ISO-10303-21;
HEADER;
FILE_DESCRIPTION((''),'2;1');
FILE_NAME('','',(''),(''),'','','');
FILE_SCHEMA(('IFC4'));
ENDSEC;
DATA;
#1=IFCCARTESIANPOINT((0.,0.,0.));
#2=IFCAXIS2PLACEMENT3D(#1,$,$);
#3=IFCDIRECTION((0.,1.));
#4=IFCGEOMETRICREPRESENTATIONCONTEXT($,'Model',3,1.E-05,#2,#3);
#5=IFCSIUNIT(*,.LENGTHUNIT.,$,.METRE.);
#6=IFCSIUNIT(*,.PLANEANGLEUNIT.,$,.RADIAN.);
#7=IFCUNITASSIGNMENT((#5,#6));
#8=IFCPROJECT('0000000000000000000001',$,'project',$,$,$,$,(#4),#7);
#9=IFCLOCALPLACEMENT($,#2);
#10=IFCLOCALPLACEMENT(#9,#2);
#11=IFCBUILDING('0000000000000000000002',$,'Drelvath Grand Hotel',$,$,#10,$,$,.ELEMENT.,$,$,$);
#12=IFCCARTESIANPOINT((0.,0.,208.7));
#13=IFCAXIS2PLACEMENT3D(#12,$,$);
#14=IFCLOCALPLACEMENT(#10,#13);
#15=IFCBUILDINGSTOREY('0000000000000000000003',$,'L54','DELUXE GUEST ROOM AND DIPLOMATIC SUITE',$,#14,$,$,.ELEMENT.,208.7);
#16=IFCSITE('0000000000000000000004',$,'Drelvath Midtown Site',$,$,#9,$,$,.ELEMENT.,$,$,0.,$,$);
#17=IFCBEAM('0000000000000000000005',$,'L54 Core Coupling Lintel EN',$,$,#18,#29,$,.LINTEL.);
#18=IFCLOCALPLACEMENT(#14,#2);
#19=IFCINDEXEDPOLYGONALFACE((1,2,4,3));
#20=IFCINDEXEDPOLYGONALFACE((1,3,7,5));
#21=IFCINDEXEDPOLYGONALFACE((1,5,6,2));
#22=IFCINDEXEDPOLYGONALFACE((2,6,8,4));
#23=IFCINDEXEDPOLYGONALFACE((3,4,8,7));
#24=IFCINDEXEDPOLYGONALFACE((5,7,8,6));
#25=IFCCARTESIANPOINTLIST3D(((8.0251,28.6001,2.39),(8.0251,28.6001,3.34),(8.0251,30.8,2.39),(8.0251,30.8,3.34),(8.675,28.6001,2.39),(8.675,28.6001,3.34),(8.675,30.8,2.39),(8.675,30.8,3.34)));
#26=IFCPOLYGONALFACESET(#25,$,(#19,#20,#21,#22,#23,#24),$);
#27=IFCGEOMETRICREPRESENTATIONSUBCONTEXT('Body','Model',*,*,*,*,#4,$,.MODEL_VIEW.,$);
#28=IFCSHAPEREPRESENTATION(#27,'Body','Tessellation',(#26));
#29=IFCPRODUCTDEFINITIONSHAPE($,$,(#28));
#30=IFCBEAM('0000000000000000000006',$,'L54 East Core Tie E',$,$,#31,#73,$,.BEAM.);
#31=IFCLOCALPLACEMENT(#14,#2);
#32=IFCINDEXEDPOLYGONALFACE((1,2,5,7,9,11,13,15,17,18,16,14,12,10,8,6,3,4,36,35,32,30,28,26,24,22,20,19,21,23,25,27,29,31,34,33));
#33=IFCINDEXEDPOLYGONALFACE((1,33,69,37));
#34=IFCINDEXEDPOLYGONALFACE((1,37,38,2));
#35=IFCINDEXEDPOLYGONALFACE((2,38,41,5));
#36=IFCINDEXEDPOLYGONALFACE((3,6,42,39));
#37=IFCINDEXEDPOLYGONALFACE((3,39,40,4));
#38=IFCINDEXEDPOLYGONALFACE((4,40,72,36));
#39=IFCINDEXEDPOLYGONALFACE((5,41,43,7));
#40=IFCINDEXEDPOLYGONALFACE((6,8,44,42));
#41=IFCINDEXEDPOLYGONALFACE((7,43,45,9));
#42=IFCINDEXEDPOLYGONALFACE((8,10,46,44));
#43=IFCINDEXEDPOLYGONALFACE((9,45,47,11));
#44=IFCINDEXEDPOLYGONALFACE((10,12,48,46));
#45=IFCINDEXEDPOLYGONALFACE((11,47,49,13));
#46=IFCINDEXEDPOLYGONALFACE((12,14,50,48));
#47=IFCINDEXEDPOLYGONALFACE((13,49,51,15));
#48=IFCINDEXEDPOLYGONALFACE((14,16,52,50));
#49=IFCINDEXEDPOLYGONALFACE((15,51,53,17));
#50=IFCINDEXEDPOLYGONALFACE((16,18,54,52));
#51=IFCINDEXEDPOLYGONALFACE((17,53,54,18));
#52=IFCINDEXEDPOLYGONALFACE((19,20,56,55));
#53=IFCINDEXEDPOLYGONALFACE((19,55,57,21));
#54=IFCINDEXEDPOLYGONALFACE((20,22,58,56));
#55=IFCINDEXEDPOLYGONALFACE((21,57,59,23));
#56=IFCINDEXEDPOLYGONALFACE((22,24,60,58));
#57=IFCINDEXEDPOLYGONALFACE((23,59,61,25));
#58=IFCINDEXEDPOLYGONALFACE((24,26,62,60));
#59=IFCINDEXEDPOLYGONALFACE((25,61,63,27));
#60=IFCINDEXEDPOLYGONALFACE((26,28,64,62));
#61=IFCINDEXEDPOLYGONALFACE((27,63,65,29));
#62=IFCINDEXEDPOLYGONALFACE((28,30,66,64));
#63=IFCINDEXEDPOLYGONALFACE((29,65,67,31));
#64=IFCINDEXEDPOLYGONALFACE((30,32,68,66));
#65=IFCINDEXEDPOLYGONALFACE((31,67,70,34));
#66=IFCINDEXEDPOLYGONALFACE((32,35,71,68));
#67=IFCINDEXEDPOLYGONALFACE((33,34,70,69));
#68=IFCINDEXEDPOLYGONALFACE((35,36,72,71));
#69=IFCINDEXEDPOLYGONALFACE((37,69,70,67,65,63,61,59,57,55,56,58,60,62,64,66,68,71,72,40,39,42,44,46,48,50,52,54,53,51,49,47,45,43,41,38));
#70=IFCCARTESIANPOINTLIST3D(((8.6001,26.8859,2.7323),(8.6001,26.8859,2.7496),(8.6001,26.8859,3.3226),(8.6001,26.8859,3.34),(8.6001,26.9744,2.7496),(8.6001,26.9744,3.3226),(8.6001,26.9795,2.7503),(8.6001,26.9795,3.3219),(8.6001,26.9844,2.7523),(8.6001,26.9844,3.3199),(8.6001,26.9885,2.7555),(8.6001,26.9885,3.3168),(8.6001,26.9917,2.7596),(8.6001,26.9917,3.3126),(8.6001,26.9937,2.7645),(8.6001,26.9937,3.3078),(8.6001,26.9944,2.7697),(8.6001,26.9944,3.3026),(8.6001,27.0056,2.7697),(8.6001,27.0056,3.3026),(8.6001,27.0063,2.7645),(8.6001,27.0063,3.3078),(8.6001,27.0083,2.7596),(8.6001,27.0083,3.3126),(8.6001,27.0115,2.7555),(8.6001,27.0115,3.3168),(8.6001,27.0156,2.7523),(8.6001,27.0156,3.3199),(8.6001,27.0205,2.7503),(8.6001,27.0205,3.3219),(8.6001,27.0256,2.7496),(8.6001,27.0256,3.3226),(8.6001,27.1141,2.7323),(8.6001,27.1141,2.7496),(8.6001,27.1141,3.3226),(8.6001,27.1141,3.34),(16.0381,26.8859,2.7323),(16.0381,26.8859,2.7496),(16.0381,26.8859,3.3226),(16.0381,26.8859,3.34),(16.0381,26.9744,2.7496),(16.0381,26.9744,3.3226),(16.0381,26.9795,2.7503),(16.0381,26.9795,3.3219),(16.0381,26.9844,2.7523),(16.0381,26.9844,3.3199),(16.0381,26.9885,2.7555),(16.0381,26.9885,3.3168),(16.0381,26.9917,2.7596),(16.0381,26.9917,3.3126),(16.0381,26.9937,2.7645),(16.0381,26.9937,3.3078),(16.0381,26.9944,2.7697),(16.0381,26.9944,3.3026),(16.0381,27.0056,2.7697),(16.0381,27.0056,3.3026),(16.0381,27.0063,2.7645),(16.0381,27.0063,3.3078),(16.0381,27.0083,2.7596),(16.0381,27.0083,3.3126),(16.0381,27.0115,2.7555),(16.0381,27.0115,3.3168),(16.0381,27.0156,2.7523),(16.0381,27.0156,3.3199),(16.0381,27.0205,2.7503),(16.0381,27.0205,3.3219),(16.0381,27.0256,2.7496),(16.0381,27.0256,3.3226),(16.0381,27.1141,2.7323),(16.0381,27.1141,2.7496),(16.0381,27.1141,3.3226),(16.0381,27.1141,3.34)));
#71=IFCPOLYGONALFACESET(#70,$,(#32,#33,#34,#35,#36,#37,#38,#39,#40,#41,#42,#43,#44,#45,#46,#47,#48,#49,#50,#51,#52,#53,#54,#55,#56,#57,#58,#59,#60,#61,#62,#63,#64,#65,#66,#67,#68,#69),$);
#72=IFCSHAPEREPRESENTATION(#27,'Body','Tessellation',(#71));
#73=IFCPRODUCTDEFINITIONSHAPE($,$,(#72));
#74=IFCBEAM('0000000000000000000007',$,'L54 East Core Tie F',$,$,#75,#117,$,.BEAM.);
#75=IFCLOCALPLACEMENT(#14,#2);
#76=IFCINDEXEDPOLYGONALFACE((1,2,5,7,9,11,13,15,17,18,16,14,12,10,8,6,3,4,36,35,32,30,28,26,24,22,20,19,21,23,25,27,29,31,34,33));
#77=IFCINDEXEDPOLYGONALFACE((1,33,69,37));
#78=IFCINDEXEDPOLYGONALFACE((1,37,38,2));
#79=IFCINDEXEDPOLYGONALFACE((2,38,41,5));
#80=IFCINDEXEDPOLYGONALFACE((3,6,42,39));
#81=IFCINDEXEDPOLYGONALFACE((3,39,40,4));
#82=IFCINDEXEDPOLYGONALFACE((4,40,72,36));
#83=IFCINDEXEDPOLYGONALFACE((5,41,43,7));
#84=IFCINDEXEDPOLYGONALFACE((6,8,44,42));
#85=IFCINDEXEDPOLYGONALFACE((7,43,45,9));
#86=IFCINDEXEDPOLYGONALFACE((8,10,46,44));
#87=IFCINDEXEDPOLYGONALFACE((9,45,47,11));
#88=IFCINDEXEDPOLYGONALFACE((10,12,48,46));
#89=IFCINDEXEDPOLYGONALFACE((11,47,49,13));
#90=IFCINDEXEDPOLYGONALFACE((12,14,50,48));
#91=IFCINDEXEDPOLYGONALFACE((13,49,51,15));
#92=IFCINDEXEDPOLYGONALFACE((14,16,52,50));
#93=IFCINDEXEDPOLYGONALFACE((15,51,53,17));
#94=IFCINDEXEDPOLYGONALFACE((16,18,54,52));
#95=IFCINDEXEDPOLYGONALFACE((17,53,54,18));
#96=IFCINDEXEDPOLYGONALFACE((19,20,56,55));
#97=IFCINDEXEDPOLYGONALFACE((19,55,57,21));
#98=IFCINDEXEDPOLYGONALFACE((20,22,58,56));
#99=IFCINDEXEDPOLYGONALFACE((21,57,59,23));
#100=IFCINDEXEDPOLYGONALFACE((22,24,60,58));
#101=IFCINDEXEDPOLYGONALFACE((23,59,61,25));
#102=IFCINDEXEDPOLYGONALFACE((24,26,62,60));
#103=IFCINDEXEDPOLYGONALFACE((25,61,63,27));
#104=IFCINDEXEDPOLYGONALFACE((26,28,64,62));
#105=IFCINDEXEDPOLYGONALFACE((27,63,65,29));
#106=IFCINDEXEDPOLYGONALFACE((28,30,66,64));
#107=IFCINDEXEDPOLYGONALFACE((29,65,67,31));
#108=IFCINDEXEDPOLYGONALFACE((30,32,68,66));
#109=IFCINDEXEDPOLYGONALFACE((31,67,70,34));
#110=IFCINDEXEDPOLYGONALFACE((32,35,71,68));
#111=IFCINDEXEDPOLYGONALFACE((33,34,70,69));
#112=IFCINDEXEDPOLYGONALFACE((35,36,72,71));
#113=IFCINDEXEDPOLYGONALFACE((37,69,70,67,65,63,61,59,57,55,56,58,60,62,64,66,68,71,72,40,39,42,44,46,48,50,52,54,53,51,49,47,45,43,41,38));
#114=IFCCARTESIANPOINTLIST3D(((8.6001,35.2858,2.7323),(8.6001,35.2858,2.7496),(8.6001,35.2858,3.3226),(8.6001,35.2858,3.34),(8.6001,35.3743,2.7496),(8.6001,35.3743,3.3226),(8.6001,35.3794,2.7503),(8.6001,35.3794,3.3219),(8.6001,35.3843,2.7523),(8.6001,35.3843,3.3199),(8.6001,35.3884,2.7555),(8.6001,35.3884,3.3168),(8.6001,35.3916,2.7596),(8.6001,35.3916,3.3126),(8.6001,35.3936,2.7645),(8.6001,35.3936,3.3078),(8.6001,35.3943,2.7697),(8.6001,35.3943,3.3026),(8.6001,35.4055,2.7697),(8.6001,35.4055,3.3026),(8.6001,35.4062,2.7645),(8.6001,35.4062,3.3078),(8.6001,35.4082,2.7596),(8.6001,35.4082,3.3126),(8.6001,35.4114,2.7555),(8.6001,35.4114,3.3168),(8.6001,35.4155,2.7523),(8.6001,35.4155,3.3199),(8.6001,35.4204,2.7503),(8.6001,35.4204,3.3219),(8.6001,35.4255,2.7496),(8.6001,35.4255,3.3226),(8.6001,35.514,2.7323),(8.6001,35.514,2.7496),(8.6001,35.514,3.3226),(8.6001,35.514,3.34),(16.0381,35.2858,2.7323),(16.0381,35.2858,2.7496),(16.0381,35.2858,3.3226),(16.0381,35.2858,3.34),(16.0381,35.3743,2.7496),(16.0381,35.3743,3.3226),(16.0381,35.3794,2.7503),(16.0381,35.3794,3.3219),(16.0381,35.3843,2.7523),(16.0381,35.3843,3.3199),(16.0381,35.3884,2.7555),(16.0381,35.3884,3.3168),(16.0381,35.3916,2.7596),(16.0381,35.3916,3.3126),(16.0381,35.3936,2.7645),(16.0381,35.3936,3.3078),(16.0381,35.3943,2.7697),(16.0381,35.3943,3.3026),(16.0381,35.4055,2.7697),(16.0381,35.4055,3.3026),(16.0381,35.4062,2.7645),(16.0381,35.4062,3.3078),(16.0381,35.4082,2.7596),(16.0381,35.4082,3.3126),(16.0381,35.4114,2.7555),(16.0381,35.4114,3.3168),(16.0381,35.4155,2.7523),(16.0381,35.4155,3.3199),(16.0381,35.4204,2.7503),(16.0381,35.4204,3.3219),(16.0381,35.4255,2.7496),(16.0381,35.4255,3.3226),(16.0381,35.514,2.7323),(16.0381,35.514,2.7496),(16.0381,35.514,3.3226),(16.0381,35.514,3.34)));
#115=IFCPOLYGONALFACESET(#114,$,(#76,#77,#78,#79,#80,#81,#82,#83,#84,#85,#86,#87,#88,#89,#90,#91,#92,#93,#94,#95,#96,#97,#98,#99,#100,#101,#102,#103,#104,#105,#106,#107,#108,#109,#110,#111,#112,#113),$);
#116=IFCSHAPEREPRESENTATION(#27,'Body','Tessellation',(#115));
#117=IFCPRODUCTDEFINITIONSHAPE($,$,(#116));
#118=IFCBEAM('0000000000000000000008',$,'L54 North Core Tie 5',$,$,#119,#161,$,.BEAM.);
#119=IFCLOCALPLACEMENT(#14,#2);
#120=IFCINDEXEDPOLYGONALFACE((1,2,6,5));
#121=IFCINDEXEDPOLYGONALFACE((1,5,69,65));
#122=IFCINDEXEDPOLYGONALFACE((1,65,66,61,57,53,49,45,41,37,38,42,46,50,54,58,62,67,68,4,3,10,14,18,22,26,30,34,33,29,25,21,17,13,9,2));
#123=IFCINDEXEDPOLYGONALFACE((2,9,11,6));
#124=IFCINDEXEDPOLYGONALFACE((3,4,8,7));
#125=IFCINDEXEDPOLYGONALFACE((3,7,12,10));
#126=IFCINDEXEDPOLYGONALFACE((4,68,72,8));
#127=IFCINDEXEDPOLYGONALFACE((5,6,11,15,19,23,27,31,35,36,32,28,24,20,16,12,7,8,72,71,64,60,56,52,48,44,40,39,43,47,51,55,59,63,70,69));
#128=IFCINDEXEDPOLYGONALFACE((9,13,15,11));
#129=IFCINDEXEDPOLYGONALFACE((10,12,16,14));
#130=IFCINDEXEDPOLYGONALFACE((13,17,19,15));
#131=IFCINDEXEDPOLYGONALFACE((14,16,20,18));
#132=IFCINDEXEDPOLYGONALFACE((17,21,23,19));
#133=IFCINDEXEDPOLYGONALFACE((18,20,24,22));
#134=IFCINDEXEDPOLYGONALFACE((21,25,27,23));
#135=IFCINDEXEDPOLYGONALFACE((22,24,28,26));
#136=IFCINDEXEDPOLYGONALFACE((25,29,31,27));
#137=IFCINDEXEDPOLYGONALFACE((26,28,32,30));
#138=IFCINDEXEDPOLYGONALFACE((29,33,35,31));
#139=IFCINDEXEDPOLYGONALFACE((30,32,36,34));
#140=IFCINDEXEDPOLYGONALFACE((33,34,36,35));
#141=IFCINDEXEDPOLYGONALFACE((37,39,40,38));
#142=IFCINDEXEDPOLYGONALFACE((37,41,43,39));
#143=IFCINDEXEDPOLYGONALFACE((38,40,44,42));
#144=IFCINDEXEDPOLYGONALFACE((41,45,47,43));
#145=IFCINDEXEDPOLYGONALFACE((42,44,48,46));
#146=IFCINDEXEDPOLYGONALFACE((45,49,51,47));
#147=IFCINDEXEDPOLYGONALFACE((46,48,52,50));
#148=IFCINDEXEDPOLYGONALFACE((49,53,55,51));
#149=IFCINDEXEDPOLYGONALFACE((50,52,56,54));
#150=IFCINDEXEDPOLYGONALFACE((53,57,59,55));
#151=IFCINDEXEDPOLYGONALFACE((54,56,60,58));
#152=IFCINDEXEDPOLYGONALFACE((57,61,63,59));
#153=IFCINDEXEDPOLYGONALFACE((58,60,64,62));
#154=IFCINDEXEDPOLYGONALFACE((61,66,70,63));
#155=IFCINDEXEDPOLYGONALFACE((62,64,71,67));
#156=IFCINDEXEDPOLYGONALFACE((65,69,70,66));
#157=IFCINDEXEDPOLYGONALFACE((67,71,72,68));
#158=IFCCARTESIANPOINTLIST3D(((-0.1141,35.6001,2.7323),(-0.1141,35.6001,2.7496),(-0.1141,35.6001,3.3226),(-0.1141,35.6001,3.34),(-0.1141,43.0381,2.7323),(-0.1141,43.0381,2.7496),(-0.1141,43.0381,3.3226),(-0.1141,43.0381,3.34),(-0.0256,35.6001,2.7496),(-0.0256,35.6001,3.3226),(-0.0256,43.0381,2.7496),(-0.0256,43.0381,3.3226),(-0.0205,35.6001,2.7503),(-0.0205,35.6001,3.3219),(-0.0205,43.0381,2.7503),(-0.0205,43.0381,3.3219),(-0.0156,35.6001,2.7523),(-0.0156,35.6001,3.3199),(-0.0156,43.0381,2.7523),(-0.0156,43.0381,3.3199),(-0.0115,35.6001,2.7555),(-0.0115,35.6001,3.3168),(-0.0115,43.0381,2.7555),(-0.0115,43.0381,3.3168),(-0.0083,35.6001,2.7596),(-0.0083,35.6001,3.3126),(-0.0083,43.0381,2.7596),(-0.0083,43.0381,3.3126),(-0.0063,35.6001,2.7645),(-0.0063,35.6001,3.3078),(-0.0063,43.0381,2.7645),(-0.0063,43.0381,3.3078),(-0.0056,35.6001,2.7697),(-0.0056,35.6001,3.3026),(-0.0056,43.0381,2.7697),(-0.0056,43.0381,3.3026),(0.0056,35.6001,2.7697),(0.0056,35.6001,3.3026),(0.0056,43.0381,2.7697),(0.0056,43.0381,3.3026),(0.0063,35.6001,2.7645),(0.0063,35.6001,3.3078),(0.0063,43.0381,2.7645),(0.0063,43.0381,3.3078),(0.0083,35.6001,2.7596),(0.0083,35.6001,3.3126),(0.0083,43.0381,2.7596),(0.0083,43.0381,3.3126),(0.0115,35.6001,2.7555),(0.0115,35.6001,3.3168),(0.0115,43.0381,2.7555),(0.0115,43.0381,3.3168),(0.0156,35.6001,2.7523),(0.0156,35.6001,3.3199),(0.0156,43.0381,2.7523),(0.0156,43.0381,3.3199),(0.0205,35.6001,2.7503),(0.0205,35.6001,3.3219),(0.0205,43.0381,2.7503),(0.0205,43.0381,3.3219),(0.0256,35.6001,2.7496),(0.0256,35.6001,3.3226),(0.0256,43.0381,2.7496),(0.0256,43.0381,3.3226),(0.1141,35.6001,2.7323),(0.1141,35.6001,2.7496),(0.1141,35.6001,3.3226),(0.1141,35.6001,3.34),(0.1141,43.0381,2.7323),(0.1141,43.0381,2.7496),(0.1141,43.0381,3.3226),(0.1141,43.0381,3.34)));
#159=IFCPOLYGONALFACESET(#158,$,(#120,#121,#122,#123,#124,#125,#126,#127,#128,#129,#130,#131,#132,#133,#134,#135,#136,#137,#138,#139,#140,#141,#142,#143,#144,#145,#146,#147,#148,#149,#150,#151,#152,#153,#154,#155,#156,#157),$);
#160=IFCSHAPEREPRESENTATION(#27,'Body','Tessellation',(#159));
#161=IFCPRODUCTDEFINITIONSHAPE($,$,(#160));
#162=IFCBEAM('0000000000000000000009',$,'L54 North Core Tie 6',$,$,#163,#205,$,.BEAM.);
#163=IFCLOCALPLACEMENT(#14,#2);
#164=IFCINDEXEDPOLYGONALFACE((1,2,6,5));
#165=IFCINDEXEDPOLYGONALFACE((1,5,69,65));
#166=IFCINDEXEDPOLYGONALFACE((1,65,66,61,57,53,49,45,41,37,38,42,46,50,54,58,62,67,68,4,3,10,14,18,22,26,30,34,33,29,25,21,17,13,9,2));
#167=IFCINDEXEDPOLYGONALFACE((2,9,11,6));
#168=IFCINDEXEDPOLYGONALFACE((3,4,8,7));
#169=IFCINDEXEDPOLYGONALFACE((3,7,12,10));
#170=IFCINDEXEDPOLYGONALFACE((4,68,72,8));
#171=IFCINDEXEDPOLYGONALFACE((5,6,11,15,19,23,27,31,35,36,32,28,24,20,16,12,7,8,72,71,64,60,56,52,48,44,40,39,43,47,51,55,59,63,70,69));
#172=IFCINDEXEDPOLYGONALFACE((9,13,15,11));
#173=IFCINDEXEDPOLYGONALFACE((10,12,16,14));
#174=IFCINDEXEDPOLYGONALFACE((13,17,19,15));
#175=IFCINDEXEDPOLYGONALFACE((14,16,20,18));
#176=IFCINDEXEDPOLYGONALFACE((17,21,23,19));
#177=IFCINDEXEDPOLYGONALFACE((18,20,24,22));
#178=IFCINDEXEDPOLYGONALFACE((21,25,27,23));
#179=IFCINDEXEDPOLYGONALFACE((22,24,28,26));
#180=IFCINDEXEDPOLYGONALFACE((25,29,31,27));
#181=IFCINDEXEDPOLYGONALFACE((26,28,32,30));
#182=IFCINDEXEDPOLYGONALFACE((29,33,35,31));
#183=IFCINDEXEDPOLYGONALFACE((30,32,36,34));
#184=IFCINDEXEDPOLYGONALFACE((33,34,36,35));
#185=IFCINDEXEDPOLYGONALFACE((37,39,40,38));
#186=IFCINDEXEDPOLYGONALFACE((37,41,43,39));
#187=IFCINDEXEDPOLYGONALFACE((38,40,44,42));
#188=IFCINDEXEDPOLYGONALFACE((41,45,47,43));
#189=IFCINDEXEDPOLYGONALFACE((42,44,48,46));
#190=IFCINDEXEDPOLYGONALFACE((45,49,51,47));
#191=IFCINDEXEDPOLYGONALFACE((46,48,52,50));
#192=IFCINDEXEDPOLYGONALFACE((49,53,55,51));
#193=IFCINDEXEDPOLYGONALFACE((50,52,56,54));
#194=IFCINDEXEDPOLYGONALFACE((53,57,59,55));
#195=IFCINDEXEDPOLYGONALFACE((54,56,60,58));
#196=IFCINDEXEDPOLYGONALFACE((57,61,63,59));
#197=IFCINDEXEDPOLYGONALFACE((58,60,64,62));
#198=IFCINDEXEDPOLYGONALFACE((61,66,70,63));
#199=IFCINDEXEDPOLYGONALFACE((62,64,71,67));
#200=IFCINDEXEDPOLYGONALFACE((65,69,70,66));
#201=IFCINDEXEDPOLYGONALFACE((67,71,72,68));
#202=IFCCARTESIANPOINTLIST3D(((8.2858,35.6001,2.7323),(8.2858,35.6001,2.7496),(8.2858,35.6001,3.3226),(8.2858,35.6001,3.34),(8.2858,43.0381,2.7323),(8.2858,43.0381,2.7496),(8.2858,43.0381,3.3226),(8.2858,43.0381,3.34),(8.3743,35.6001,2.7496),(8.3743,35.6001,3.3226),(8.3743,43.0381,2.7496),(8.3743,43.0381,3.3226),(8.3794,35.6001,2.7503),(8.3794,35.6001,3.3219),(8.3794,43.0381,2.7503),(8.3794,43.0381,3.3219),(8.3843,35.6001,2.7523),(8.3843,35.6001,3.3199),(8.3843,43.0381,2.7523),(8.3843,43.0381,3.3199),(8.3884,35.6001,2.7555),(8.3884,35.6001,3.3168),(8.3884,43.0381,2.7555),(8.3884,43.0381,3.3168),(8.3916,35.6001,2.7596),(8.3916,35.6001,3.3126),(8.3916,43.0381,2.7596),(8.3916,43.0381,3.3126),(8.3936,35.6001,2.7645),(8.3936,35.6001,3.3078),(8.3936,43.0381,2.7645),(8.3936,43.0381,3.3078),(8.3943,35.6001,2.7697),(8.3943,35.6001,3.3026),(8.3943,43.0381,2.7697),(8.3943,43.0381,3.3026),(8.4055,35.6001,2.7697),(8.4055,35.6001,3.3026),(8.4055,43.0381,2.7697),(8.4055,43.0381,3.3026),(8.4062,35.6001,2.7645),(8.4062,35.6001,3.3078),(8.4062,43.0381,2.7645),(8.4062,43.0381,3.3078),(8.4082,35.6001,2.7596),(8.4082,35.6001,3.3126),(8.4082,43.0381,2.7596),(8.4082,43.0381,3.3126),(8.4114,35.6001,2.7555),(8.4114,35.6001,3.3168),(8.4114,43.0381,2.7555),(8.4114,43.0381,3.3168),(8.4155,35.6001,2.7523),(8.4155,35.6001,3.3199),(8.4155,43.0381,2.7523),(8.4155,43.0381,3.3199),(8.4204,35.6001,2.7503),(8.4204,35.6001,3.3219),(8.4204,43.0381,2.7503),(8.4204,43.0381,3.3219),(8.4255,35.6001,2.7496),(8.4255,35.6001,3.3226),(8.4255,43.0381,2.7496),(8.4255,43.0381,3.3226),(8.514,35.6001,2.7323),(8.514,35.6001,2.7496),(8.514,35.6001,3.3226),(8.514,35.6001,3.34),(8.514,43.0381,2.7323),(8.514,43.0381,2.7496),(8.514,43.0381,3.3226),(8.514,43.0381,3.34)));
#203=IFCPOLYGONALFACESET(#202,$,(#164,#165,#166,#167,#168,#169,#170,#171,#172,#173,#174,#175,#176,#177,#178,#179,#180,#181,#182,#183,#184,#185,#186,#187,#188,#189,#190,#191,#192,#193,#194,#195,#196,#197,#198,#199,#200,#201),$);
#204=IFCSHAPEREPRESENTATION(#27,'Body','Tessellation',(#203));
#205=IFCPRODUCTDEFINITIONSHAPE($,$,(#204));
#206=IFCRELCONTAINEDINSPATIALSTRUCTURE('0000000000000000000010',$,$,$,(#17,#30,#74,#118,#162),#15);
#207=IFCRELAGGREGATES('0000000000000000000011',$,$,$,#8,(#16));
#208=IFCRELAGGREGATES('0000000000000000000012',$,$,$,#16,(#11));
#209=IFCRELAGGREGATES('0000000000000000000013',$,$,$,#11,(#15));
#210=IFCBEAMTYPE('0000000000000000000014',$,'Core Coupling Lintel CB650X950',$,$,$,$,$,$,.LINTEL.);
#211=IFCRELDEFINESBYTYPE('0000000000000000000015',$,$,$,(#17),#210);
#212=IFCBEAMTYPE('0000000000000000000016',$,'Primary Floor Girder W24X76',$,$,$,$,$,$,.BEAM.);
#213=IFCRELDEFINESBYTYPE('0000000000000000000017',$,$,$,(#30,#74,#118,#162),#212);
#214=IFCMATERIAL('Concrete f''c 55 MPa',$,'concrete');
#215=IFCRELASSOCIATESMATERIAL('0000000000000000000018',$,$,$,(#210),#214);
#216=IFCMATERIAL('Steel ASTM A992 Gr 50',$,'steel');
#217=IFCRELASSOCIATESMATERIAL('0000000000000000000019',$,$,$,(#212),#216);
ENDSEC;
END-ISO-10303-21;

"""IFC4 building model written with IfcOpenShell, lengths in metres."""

from ifc_helpers import new_model, si_unit, direction, frame, origin, origin_2d, place, context, subcontext, project, spatial, rectangle, i_section, extrude, material, material_profile, profile_set, type_object, element, save


model = new_model("IFC4")

# Units and contexts
model_context = context("Model", 3, precision=1e-05, world=origin(), true_north=direction((0.0, 1.0)))
body_context = subcontext(model_context, "Body", "Model", "MODEL_VIEW")
ifc_project = project(units=[si_unit("LENGTHUNIT", "METRE"), si_unit("PLANEANGLEUNIT", "RADIAN")], contexts=[model_context])

# Site, building, storey
site_placement = place(None, origin())
site = spatial("IfcSite", under=ifc_project, at=site_placement, Name="Drelvath Midtown Site", CompositionType="ELEMENT", RefElevation=0.0)
building_placement = place(site_placement, origin())
building = spatial("IfcBuilding", under=site, at=building_placement, Name="Drelvath Grand Hotel", CompositionType="ELEMENT")
storey_placement = place(building_placement, frame((0.0, 0.0, 208.7)))
storey = spatial("IfcBuildingStorey", under=building, at=storey_placement, Name="L54", Description="DELUXE GUEST ROOM AND DIPLOMATIC SUITE", CompositionType="ELEMENT", Elevation=208.7)

# Beams
ifc_material_1 = material(Name="Concrete f'c 55 MPa", Category="concrete")
ifc_material_profile_1 = material_profile(ifc_material_1, rectangle(XDim=0.6499, YDim=0.95, at=origin_2d()), Name="CB650X950")
ifc_profile_set_1 = profile_set([ifc_material_profile_1], Name="Concrete f'c 55 MPa")
beam_type_1 = type_object("IfcBeamType", Name="Core Coupling Lintel CB650X950", PredefinedType="LINTEL", material=ifc_profile_set_1)
beam_placement = place(storey_placement, frame((8.3501, 28.6001, 2.865), z_axis=(0.0, 1.0, 0.0), x_axis=(-1.0, 0.0, 0.0)))
element("IfcBeam", 1, at=beam_placement, inside=storey, type_object=beam_type_1, Name="L54 Core Coupling Lintel EN", PredefinedType="LINTEL", context=body_context, shape_type="SweptSolid", body=[
    extrude(rectangle(XDim=0.6499, YDim=0.95, at=origin_2d()), origin(), (0.0, 0.0, 1.0), 2.2),
])
ifc_material_2 = material(Name="Steel ASTM A992 Gr 50", Category="steel")
ifc_material_profile_2 = material_profile(ifc_material_2, i_section(OverallWidth=0.2283, OverallDepth=0.6077, WebThickness=0.0112, FlangeThickness=0.0173, FilletRadius=0.02, at=origin_2d()), Name="W24X76")
ifc_profile_set_2 = profile_set([ifc_material_profile_2], Name="Steel ASTM A992 Gr 50")
beam_type_2 = type_object("IfcBeamType", Name="Primary Floor Girder W24X76", PredefinedType="BEAM", material=ifc_profile_set_2)
for number, where, z_axis, x_axis, name in (
    (2, (8.6001, 27.0, 3.0361), (1.0, 0.0, 0.0), (0.0, 1.0, 0.0), "L54 East Core Tie E"),
    (3, (8.6001, 35.3999, 3.0361), (1.0, 0.0, 0.0), (0.0, 1.0, 0.0), "L54 East Core Tie F"),
    (4, (0.0, 35.6001, 3.0361), (0.0, 1.0, 0.0), (-1.0, 0.0, 0.0), "L54 North Core Tie 5"),
    (5, (8.3999, 35.6001, 3.0361), (0.0, 1.0, 0.0), (-1.0, 0.0, 0.0), "L54 North Core Tie 6"),
):
    element("IfcBeam", number, at=place(storey_placement, frame(where, z_axis=z_axis, x_axis=x_axis)), inside=storey, type_object=beam_type_2, Name=name, PredefinedType="BEAM", context=body_context, shape_type="SweptSolid", body=[
        extrude(i_section(OverallWidth=0.2283, OverallDepth=0.6077, WebThickness=0.0112, FlangeThickness=0.0173, FilletRadius=0.02, at=origin_2d()), origin(), (0.0, 0.0, 1.0), 7.438),
    ])

save(model, "model.ifc")
